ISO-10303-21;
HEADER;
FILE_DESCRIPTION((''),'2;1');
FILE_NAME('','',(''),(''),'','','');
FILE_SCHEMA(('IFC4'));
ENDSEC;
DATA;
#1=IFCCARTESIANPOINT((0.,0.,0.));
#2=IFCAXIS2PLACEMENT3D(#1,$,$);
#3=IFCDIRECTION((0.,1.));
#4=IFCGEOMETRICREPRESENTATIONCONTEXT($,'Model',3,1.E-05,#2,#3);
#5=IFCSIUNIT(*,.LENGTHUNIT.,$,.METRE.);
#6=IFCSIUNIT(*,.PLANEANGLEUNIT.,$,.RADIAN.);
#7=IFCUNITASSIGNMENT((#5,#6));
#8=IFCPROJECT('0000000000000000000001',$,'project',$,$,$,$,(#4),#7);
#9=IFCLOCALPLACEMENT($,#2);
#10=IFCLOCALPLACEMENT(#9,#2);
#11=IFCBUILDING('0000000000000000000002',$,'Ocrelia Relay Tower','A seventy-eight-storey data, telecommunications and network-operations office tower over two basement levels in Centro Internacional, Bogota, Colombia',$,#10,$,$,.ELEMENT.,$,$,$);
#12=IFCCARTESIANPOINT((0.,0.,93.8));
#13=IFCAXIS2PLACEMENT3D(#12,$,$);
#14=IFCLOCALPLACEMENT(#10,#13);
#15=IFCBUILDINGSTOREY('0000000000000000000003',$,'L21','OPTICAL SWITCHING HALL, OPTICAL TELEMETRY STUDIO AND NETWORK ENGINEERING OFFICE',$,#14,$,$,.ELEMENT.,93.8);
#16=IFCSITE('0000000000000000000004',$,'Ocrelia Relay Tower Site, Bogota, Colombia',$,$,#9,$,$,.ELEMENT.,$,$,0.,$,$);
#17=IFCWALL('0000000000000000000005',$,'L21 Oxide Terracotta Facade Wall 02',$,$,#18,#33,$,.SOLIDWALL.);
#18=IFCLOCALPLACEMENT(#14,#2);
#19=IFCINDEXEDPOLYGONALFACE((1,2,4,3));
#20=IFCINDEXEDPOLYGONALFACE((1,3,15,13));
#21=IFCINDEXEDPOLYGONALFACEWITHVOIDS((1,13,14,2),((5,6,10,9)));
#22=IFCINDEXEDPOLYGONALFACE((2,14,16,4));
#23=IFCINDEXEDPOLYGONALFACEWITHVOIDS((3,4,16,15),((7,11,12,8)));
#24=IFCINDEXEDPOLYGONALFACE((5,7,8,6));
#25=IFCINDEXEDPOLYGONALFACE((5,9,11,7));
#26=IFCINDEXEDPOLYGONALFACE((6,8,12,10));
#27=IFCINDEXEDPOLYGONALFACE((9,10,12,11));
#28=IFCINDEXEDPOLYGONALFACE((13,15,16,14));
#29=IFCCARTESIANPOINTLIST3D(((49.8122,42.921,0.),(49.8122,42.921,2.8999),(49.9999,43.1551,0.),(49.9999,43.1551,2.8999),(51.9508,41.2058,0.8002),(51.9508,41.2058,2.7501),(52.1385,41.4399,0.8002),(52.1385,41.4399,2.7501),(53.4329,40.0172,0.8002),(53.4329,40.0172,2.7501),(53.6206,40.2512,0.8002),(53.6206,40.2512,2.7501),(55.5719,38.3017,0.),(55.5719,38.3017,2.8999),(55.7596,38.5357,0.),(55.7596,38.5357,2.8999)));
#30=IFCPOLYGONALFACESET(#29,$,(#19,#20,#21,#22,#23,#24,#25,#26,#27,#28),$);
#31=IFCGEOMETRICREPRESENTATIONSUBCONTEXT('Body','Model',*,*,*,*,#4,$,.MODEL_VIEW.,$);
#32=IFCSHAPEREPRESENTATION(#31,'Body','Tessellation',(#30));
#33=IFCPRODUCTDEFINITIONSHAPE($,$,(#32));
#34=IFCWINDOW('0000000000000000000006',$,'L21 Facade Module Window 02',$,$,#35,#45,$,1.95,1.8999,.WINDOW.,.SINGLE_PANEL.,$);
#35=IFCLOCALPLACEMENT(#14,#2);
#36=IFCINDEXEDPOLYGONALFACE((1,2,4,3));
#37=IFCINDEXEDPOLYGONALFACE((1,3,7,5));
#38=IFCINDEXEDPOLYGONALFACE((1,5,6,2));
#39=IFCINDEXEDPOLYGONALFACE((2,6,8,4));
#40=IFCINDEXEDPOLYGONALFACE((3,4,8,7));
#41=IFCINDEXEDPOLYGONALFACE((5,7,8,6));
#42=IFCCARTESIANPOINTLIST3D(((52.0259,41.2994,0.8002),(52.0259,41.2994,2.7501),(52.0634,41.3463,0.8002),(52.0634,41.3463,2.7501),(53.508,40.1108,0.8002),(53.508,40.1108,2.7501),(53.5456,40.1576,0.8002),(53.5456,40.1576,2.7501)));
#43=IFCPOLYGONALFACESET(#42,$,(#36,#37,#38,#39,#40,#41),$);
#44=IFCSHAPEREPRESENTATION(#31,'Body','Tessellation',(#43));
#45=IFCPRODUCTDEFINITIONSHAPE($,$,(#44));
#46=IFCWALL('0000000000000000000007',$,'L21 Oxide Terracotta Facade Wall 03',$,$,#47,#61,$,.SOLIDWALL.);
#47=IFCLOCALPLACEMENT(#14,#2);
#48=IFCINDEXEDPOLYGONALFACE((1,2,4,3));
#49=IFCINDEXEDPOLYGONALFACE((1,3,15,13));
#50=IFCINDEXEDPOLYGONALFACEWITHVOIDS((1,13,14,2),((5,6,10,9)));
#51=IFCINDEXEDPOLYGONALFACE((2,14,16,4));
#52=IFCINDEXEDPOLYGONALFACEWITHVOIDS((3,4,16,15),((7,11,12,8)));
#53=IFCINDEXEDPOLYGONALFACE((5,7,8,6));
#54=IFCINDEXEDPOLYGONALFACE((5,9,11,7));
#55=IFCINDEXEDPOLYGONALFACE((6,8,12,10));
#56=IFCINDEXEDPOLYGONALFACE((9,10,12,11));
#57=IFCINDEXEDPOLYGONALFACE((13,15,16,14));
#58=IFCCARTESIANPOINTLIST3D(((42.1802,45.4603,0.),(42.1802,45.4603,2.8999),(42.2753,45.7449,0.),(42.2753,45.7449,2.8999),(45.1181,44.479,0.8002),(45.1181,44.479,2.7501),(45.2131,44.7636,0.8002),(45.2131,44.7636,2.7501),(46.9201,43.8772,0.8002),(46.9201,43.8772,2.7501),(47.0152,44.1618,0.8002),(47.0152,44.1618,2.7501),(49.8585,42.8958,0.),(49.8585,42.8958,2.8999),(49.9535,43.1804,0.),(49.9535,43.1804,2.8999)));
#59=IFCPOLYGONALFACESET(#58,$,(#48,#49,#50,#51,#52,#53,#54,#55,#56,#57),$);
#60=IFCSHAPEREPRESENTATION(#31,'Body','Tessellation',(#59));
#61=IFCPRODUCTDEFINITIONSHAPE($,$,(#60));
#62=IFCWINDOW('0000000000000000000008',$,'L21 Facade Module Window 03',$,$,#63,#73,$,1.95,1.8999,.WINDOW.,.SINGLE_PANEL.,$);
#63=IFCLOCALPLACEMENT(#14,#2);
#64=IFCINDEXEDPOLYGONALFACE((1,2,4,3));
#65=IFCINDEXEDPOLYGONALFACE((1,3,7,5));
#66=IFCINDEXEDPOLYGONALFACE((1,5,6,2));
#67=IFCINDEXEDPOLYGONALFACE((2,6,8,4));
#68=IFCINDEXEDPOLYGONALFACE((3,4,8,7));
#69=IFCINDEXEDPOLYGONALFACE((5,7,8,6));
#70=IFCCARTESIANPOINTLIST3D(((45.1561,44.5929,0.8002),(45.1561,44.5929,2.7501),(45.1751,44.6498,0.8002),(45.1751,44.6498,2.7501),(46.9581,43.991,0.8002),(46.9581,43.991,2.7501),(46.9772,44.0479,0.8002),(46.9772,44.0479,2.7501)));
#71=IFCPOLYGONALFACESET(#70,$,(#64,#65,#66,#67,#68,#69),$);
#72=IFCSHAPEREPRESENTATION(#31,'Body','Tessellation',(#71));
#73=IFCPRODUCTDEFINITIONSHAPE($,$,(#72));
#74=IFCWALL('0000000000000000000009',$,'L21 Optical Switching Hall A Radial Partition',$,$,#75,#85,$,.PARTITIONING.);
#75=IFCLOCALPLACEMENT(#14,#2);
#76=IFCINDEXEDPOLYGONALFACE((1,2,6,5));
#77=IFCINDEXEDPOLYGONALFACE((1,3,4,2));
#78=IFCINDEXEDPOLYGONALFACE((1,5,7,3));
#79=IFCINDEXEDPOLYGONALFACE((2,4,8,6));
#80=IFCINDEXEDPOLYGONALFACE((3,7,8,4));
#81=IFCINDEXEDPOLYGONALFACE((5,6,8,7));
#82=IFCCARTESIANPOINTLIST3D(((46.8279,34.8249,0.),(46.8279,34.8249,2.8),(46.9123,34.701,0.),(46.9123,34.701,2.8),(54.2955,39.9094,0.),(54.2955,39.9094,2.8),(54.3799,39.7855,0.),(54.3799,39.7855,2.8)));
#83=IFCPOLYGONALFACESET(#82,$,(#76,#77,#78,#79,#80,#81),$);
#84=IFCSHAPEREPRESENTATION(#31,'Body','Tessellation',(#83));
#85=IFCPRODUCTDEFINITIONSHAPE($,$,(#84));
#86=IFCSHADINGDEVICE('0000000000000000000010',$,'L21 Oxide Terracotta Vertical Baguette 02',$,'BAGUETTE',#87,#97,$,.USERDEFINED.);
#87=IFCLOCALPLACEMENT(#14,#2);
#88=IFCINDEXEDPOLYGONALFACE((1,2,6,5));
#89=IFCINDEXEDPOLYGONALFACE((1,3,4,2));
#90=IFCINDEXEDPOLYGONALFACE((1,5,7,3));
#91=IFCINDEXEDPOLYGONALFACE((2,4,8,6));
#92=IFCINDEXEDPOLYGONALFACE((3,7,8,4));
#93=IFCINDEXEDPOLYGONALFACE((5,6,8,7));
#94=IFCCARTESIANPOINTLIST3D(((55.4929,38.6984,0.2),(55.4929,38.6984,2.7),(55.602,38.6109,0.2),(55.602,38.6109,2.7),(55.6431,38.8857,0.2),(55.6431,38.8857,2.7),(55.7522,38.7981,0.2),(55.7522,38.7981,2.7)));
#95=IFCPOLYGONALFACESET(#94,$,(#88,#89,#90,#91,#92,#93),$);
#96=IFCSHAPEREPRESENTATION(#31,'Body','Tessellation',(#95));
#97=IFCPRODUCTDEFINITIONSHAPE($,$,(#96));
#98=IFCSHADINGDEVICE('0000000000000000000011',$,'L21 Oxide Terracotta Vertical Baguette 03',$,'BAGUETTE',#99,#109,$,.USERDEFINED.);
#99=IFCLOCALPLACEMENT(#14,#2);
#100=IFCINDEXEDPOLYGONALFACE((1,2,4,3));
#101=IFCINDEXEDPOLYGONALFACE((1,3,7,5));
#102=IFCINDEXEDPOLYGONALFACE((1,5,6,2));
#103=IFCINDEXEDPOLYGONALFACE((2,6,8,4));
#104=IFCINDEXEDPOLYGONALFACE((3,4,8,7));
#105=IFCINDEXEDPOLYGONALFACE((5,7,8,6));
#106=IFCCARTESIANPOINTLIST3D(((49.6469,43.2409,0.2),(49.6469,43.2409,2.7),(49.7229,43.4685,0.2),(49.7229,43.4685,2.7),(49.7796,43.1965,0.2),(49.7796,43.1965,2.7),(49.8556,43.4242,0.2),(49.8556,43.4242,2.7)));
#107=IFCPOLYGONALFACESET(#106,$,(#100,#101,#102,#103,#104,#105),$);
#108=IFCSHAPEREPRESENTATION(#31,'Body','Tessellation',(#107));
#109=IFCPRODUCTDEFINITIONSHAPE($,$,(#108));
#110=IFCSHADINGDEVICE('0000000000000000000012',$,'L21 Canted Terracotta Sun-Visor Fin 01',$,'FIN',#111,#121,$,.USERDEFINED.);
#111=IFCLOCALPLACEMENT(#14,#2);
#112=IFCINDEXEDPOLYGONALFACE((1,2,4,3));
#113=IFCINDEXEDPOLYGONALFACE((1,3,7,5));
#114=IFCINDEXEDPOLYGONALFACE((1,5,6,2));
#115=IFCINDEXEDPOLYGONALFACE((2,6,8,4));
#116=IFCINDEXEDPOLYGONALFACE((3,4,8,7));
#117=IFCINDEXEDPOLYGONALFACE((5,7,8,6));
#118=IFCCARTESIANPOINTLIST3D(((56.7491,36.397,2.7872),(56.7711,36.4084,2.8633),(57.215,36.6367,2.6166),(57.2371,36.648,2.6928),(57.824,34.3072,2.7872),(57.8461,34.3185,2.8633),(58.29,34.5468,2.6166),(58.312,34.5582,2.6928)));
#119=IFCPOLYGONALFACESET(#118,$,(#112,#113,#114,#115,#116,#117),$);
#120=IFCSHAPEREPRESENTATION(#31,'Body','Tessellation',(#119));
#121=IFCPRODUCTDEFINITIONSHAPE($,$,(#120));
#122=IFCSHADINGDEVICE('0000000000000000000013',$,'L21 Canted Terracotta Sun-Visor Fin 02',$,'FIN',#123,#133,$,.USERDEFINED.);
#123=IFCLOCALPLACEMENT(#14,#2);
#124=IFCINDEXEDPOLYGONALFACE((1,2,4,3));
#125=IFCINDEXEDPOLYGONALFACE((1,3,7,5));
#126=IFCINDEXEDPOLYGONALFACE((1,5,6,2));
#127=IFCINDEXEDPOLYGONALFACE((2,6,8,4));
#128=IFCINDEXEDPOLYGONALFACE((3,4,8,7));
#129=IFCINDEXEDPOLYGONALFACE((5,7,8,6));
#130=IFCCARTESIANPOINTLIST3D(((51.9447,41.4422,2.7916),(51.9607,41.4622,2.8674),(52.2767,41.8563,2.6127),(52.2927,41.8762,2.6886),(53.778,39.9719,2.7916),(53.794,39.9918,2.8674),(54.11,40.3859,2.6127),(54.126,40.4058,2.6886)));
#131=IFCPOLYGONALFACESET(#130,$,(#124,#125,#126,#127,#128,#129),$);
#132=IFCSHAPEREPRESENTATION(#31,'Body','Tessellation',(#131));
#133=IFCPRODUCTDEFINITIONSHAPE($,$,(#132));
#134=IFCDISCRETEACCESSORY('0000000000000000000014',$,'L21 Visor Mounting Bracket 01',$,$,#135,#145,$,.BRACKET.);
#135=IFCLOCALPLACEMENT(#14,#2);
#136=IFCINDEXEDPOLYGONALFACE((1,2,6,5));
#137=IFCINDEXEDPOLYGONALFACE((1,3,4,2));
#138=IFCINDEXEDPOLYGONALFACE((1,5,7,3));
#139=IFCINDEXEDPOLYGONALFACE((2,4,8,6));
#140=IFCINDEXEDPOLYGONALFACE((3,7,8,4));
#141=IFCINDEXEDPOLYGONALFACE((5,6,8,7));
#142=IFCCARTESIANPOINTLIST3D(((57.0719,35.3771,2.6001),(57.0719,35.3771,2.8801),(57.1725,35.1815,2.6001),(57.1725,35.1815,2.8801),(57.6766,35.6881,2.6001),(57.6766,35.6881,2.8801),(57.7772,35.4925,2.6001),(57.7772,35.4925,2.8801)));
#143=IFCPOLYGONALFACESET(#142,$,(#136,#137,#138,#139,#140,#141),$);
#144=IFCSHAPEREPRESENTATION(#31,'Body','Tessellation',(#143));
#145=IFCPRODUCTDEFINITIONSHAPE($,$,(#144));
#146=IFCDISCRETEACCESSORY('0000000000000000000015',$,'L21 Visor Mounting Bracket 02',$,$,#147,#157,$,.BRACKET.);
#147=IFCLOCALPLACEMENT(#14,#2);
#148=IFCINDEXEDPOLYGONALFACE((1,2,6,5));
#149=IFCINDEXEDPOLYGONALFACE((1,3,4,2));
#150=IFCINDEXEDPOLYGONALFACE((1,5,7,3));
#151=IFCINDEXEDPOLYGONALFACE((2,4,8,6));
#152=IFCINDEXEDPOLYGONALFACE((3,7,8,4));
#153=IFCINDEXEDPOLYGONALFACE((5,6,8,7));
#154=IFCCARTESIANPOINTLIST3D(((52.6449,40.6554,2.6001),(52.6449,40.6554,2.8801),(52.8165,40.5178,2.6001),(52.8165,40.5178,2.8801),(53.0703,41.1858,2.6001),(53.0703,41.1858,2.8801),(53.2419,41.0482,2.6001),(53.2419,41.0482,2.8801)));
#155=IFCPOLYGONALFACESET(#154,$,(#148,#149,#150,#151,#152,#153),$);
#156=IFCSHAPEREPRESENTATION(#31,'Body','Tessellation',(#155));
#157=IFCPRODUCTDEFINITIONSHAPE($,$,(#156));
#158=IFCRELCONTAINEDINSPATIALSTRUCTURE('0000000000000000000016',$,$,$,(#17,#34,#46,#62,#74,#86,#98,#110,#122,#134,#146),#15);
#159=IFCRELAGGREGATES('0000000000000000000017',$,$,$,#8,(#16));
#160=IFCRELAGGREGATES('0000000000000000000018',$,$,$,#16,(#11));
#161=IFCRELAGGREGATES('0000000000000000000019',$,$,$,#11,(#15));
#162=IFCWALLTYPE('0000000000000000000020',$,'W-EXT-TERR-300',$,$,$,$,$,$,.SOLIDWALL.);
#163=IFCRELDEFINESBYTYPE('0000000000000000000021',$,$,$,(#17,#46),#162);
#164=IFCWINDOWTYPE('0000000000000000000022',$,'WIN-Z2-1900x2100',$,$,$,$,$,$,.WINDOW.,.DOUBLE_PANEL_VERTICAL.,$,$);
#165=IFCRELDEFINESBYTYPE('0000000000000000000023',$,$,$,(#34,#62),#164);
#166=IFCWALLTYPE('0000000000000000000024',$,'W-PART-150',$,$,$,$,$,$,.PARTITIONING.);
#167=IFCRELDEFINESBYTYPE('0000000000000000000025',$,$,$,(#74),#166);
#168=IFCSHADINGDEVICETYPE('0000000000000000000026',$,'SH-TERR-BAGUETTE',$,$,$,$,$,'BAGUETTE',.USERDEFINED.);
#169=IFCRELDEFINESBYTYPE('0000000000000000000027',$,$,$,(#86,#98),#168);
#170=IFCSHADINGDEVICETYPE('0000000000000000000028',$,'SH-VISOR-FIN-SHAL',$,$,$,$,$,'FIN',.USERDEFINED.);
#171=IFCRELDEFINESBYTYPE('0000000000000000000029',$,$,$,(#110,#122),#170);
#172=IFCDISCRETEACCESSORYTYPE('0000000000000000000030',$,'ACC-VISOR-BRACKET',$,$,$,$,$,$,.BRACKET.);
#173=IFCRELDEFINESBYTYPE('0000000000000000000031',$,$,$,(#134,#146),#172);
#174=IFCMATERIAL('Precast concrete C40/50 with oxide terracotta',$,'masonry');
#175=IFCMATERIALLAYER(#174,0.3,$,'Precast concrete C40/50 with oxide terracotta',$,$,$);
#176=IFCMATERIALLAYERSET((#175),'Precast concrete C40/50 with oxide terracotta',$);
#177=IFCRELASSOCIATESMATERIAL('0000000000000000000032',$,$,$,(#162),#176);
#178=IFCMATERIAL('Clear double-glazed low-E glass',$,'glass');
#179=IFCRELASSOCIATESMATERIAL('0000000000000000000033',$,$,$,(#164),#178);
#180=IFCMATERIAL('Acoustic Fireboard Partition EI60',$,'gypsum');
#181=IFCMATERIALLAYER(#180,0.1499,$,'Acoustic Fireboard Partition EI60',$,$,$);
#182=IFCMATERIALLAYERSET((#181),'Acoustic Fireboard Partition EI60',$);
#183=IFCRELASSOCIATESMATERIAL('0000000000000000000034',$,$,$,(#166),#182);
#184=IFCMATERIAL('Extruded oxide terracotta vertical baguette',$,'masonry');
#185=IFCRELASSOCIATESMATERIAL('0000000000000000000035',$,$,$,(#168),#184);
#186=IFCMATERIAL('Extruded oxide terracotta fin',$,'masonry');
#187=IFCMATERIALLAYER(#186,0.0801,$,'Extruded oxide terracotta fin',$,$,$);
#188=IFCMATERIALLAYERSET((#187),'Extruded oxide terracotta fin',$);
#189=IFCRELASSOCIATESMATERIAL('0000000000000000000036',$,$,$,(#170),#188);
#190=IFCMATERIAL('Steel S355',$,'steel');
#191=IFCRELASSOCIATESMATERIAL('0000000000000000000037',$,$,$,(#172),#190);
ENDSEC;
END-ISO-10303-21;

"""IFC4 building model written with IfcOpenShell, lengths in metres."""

from ifc_helpers import new_model, si_unit, direction, frame, frame_2d, origin, origin_2d, place, context, subcontext, project, spatial, rectangle, extrude, material, layer, layer_set, type_object, element, fill, save


model = new_model("IFC4")

# Units and contexts
model_context = context("Model", 3, precision=1e-05, world=origin(), true_north=direction((0.0, 1.0)))
body_context = subcontext(model_context, "Body", "Model", "MODEL_VIEW")
ifc_project = project(units=[si_unit("LENGTHUNIT", "METRE"), si_unit("PLANEANGLEUNIT", "RADIAN")], contexts=[model_context])

# Site, building, storey
site_placement = place(None, origin())
site = spatial("IfcSite", under=ifc_project, at=site_placement, Name="Ocrelia Relay Tower Site, Bogota, Colombia", CompositionType="ELEMENT", RefElevation=0.0)
building_placement = place(site_placement, origin())
building = spatial("IfcBuilding", under=site, at=building_placement, Name="Ocrelia Relay Tower", Description="A seventy-eight-storey data, telecommunications and network-operations office tower over two basement levels in Centro Internacional, Bogota, Colombia", CompositionType="ELEMENT")
storey_placement = place(building_placement, frame((0.0, 0.0, 93.8)))
storey = spatial("IfcBuildingStorey", under=building, at=storey_placement, Name="L21", Description="OPTICAL SWITCHING HALL, OPTICAL TELEMETRY STUDIO AND NETWORK ENGINEERING OFFICE", CompositionType="ELEMENT", Elevation=93.8)

# Shared definitions
ifc_material_1 = material(Name="Steel S355", Category="steel")

# Shared definitions
ifc_material_2 = material(Name="Clear double-glazed low-E glass", Category="glass")

# Walls, openings, windows
ifc_material_3 = material(Name="Precast concrete C40/50 with oxide terracotta", Category="masonry")
ifc_layer_1 = layer(ifc_material_3, 0.3, Name="Precast concrete C40/50 with oxide terracotta")
ifc_layer_set_1 = layer_set([ifc_layer_1], Name="Precast concrete C40/50 with oxide terracotta")
wall_type_1 = type_object("IfcWallType", Name="W-EXT-TERR-300", PredefinedType="SOLIDWALL", material=ifc_layer_set_1)
wall_1_placement = place(storey_placement, frame((55.6658, 38.4187, 0.0), z_axis=(0.0, 0.0, 1.0), x_axis=(-0.780104, 0.62565, 0.0)))
wall_1 = element("IfcWall", 1, at=wall_1_placement, inside=storey, type_object=wall_type_1, Name="L21 Oxide Terracotta Facade Wall 02", PredefinedType="SOLIDWALL", context=body_context, shape_type="SweptSolid", body=[
    extrude(rectangle(XDim=7.3833, YDim=0.3, at=frame_2d((3.6917, 0.0))), origin(), (0.0, 0.0, 1.0), 2.8999),
])
opening_1_placement = place(wall_1_placement, frame((2.7419, 0.0, 0.8)))
opening_1 = element("IfcOpeningElement", 2, at=opening_1_placement, cuts=wall_1, PredefinedType="OPENING", context=body_context, shape_type="SweptSolid", body=[
    extrude(rectangle(XDim=1.8999, YDim=1.95, at=frame_2d((0.95, 0.9751))), frame((0.0, 0.1602, 0.0), z_axis=(0.0, -1.0, 0.0), x_axis=(1.0, 0.0, 0.0)), (0.0, 0.0, 1.0), 0.3201),
])
window_type = type_object("IfcWindowType", Name="WIN-Z2-1900x2100", PartitioningType="DOUBLE_PANEL_VERTICAL", PredefinedType="WINDOW", material=ifc_material_2)
window_1_placement = place(opening_1_placement, origin())
window_1 = element("IfcWindow", 3, at=window_1_placement, inside=storey, type_object=window_type, Name="L21 Facade Module Window 02", OverallHeight=1.95, OverallWidth=1.8999, PartitioningType="SINGLE_PANEL", PredefinedType="WINDOW", context=body_context, shape_type="SweptSolid", body=[
    extrude(rectangle(XDim=1.8999, YDim=1.95, at=frame_2d((0.95, 0.9751))), frame((0.0, 0.03, 0.0), z_axis=(0.0, -1.0, 0.0), x_axis=(1.0, 0.0, 0.0)), (0.0, 0.0, 1.0), 0.0601),
])
fill(opening_1, window_1)
wall_2_placement = place(storey_placement, frame((49.906, 43.0381, 0.0), z_axis=(0.0, 0.0, 1.0), x_axis=(-0.948496, 0.316789, 0.0)))
wall_2 = element("IfcWall", 4, at=wall_2_placement, inside=storey, type_object=wall_type_1, Name="L21 Oxide Terracotta Facade Wall 03", PredefinedType="SOLIDWALL", context=body_context, shape_type="SweptSolid", body=[
    extrude(rectangle(XDim=8.0952, YDim=0.3, at=frame_2d((4.0476, 0.0))), origin(), (0.0, 0.0, 1.0), 2.8999),
])
opening_2_placement = place(wall_2_placement, frame((3.0979, 0.0, 0.8)))
opening_2 = element("IfcOpeningElement", 5, at=opening_2_placement, cuts=wall_2, PredefinedType="OPENING", context=body_context, shape_type="SweptSolid", body=[
    extrude(rectangle(XDim=1.8999, YDim=1.95, at=frame_2d((0.95, 0.9751))), frame((0.0, 0.1602, 0.0), z_axis=(0.0, -1.0, 0.0), x_axis=(1.0, 0.0, 0.0)), (0.0, 0.0, 1.0), 0.3201),
])
window_2_placement = place(opening_2_placement, origin())
window_2 = element("IfcWindow", 6, at=window_2_placement, inside=storey, type_object=window_type, Name="L21 Facade Module Window 03", OverallHeight=1.95, OverallWidth=1.8999, PartitioningType="SINGLE_PANEL", PredefinedType="WINDOW", context=body_context, shape_type="SweptSolid", body=[
    extrude(rectangle(XDim=1.8999, YDim=1.95, at=frame_2d((0.95, 0.9751))), frame((0.0, 0.03, 0.0), z_axis=(0.0, -1.0, 0.0), x_axis=(1.0, 0.0, 0.0)), (0.0, 0.0, 1.0), 0.0601),
])
fill(opening_2, window_2)

# Wall
ifc_material_4 = material(Name="Acoustic Fireboard Partition EI60", Category="gypsum")
ifc_layer_2 = layer(ifc_material_4, 0.1499, Name="Acoustic Fireboard Partition EI60")
ifc_layer_set_2 = layer_set([ifc_layer_2], Name="Acoustic Fireboard Partition EI60")
wall_type_2 = type_object("IfcWallType", Name="W-PART-150", PredefinedType="PARTITIONING", material=ifc_layer_set_2)
wall_3_placement = place(storey_placement, frame((46.8701, 34.7629, 0.0), z_axis=(0.0, 0.0, 1.0), x_axis=(0.826589, 0.562806, 0.0)))
element("IfcWall", 7, at=wall_3_placement, inside=storey, type_object=wall_type_2, Name="L21 Optical Switching Hall A Radial Partition", PredefinedType="PARTITIONING", context=body_context, shape_type="SweptSolid", body=[
    extrude(rectangle(XDim=9.0342, YDim=0.1499, at=frame_2d((4.5171, 0.0))), origin(), (0.0, 0.0, 1.0), 2.8),
])

# Shading devices
ifc_material_5 = material(Name="Extruded oxide terracotta vertical baguette", Category="masonry")
shading_device_type_1 = type_object("IfcShadingDeviceType", Name="SH-TERR-BAGUETTE", ElementType="BAGUETTE", PredefinedType="USERDEFINED", material=ifc_material_5)
for number, where, z_axis, x_axis, name in (
    (8, (55.6226, 38.7483, 0.2), (0.0, 0.0, 1.0), (-0.780099, 0.625656, 0.0), "L21 Oxide Terracotta Vertical Baguette 02"),
    (9, (49.7512, 43.3325, 0.2), (0.0, 0.0, 1.0), (-0.948498, 0.316784, 0.0), "L21 Oxide Terracotta Vertical Baguette 03"),
):
    element("IfcShadingDevice", number, at=place(storey_placement, frame(where, z_axis=z_axis, x_axis=x_axis)), inside=storey, type_object=shading_device_type_1, Name=name, ObjectType="BAGUETTE", PredefinedType="USERDEFINED", context=body_context, shape_type="SweptSolid", body=[
        extrude(rectangle(XDim=0.1399, YDim=0.24, at=origin_2d()), origin(), (0.0, 0.0, 1.0), 2.5),
    ])
ifc_material_6 = material(Name="Extruded oxide terracotta fin", Category="masonry")
ifc_layer_3 = layer(ifc_material_6, 0.0801, Name="Extruded oxide terracotta fin")
ifc_layer_set_3 = layer_set([ifc_layer_3], Name="Extruded oxide terracotta fin")
shading_device_type_2 = type_object("IfcShadingDeviceType", Name="SH-VISOR-FIN-SHAL", ElementType="FIN", PredefinedType="USERDEFINED", material=ifc_layer_set_3)
shading_device_1_placement = place(storey_placement, frame((57.5195, 35.4719, 2.7019), z_axis=(0.275239, 0.141572, 0.950895), x_axis=(-0.457401, 0.889261, 0.0)))
element("IfcShadingDevice", 10, at=shading_device_1_placement, inside=storey, type_object=shading_device_type_2, Name="L21 Canted Terracotta Sun-Visor Fin 01", ObjectType="FIN", PredefinedType="USERDEFINED", context=body_context, shape_type="SweptSolid", body=[
    extrude(rectangle(XDim=2.3501, YDim=0.551, at=origin_2d()), origin(), (0.0, 0.0, 1.0), 0.0801),
])
shading_device_2_placement = place(storey_placement, frame((53.0273, 40.9141, 2.7021), z_axis=(0.199766, 0.249078, 0.947657), x_axis=(-0.780099, 0.625656, 0.0)))
element("IfcShadingDevice", 11, at=shading_device_2_placement, inside=storey, type_object=shading_device_type_2, Name="L21 Canted Terracotta Sun-Visor Fin 02", ObjectType="FIN", PredefinedType="USERDEFINED", context=body_context, shape_type="SweptSolid", body=[
    extrude(rectangle(XDim=2.3501, YDim=0.5601, at=origin_2d()), origin(), (0.0, 0.0, 1.0), 0.0801),
])

# Discrete accessories
discrete_accessory_type = type_object("IfcDiscreteAccessoryType", Name="ACC-VISOR-BRACKET", PredefinedType="BRACKET", material=ifc_material_1)
for number, where, z_axis, x_axis, name in (
    (12, (57.4246, 35.4348, 2.6001), (0.0, 0.0, 1.0), (-0.457401, 0.889261, 0.0), "L21 Visor Mounting Bracket 01"),
    (13, (52.9434, 40.8518, 2.6001), (0.0, 0.0, 1.0), (-0.780099, 0.625656, 0.0), "L21 Visor Mounting Bracket 02"),
):
    element("IfcDiscreteAccessory", number, at=place(storey_placement, frame(where, z_axis=z_axis, x_axis=x_axis)), inside=storey, type_object=discrete_accessory_type, Name=name, PredefinedType="BRACKET", context=body_context, shape_type="SweptSolid", body=[
        extrude(rectangle(XDim=0.22, YDim=0.6799, at=origin_2d()), origin(), (0.0, 0.0, 1.0), 0.28),
    ])

save(model, "model.ifc")
